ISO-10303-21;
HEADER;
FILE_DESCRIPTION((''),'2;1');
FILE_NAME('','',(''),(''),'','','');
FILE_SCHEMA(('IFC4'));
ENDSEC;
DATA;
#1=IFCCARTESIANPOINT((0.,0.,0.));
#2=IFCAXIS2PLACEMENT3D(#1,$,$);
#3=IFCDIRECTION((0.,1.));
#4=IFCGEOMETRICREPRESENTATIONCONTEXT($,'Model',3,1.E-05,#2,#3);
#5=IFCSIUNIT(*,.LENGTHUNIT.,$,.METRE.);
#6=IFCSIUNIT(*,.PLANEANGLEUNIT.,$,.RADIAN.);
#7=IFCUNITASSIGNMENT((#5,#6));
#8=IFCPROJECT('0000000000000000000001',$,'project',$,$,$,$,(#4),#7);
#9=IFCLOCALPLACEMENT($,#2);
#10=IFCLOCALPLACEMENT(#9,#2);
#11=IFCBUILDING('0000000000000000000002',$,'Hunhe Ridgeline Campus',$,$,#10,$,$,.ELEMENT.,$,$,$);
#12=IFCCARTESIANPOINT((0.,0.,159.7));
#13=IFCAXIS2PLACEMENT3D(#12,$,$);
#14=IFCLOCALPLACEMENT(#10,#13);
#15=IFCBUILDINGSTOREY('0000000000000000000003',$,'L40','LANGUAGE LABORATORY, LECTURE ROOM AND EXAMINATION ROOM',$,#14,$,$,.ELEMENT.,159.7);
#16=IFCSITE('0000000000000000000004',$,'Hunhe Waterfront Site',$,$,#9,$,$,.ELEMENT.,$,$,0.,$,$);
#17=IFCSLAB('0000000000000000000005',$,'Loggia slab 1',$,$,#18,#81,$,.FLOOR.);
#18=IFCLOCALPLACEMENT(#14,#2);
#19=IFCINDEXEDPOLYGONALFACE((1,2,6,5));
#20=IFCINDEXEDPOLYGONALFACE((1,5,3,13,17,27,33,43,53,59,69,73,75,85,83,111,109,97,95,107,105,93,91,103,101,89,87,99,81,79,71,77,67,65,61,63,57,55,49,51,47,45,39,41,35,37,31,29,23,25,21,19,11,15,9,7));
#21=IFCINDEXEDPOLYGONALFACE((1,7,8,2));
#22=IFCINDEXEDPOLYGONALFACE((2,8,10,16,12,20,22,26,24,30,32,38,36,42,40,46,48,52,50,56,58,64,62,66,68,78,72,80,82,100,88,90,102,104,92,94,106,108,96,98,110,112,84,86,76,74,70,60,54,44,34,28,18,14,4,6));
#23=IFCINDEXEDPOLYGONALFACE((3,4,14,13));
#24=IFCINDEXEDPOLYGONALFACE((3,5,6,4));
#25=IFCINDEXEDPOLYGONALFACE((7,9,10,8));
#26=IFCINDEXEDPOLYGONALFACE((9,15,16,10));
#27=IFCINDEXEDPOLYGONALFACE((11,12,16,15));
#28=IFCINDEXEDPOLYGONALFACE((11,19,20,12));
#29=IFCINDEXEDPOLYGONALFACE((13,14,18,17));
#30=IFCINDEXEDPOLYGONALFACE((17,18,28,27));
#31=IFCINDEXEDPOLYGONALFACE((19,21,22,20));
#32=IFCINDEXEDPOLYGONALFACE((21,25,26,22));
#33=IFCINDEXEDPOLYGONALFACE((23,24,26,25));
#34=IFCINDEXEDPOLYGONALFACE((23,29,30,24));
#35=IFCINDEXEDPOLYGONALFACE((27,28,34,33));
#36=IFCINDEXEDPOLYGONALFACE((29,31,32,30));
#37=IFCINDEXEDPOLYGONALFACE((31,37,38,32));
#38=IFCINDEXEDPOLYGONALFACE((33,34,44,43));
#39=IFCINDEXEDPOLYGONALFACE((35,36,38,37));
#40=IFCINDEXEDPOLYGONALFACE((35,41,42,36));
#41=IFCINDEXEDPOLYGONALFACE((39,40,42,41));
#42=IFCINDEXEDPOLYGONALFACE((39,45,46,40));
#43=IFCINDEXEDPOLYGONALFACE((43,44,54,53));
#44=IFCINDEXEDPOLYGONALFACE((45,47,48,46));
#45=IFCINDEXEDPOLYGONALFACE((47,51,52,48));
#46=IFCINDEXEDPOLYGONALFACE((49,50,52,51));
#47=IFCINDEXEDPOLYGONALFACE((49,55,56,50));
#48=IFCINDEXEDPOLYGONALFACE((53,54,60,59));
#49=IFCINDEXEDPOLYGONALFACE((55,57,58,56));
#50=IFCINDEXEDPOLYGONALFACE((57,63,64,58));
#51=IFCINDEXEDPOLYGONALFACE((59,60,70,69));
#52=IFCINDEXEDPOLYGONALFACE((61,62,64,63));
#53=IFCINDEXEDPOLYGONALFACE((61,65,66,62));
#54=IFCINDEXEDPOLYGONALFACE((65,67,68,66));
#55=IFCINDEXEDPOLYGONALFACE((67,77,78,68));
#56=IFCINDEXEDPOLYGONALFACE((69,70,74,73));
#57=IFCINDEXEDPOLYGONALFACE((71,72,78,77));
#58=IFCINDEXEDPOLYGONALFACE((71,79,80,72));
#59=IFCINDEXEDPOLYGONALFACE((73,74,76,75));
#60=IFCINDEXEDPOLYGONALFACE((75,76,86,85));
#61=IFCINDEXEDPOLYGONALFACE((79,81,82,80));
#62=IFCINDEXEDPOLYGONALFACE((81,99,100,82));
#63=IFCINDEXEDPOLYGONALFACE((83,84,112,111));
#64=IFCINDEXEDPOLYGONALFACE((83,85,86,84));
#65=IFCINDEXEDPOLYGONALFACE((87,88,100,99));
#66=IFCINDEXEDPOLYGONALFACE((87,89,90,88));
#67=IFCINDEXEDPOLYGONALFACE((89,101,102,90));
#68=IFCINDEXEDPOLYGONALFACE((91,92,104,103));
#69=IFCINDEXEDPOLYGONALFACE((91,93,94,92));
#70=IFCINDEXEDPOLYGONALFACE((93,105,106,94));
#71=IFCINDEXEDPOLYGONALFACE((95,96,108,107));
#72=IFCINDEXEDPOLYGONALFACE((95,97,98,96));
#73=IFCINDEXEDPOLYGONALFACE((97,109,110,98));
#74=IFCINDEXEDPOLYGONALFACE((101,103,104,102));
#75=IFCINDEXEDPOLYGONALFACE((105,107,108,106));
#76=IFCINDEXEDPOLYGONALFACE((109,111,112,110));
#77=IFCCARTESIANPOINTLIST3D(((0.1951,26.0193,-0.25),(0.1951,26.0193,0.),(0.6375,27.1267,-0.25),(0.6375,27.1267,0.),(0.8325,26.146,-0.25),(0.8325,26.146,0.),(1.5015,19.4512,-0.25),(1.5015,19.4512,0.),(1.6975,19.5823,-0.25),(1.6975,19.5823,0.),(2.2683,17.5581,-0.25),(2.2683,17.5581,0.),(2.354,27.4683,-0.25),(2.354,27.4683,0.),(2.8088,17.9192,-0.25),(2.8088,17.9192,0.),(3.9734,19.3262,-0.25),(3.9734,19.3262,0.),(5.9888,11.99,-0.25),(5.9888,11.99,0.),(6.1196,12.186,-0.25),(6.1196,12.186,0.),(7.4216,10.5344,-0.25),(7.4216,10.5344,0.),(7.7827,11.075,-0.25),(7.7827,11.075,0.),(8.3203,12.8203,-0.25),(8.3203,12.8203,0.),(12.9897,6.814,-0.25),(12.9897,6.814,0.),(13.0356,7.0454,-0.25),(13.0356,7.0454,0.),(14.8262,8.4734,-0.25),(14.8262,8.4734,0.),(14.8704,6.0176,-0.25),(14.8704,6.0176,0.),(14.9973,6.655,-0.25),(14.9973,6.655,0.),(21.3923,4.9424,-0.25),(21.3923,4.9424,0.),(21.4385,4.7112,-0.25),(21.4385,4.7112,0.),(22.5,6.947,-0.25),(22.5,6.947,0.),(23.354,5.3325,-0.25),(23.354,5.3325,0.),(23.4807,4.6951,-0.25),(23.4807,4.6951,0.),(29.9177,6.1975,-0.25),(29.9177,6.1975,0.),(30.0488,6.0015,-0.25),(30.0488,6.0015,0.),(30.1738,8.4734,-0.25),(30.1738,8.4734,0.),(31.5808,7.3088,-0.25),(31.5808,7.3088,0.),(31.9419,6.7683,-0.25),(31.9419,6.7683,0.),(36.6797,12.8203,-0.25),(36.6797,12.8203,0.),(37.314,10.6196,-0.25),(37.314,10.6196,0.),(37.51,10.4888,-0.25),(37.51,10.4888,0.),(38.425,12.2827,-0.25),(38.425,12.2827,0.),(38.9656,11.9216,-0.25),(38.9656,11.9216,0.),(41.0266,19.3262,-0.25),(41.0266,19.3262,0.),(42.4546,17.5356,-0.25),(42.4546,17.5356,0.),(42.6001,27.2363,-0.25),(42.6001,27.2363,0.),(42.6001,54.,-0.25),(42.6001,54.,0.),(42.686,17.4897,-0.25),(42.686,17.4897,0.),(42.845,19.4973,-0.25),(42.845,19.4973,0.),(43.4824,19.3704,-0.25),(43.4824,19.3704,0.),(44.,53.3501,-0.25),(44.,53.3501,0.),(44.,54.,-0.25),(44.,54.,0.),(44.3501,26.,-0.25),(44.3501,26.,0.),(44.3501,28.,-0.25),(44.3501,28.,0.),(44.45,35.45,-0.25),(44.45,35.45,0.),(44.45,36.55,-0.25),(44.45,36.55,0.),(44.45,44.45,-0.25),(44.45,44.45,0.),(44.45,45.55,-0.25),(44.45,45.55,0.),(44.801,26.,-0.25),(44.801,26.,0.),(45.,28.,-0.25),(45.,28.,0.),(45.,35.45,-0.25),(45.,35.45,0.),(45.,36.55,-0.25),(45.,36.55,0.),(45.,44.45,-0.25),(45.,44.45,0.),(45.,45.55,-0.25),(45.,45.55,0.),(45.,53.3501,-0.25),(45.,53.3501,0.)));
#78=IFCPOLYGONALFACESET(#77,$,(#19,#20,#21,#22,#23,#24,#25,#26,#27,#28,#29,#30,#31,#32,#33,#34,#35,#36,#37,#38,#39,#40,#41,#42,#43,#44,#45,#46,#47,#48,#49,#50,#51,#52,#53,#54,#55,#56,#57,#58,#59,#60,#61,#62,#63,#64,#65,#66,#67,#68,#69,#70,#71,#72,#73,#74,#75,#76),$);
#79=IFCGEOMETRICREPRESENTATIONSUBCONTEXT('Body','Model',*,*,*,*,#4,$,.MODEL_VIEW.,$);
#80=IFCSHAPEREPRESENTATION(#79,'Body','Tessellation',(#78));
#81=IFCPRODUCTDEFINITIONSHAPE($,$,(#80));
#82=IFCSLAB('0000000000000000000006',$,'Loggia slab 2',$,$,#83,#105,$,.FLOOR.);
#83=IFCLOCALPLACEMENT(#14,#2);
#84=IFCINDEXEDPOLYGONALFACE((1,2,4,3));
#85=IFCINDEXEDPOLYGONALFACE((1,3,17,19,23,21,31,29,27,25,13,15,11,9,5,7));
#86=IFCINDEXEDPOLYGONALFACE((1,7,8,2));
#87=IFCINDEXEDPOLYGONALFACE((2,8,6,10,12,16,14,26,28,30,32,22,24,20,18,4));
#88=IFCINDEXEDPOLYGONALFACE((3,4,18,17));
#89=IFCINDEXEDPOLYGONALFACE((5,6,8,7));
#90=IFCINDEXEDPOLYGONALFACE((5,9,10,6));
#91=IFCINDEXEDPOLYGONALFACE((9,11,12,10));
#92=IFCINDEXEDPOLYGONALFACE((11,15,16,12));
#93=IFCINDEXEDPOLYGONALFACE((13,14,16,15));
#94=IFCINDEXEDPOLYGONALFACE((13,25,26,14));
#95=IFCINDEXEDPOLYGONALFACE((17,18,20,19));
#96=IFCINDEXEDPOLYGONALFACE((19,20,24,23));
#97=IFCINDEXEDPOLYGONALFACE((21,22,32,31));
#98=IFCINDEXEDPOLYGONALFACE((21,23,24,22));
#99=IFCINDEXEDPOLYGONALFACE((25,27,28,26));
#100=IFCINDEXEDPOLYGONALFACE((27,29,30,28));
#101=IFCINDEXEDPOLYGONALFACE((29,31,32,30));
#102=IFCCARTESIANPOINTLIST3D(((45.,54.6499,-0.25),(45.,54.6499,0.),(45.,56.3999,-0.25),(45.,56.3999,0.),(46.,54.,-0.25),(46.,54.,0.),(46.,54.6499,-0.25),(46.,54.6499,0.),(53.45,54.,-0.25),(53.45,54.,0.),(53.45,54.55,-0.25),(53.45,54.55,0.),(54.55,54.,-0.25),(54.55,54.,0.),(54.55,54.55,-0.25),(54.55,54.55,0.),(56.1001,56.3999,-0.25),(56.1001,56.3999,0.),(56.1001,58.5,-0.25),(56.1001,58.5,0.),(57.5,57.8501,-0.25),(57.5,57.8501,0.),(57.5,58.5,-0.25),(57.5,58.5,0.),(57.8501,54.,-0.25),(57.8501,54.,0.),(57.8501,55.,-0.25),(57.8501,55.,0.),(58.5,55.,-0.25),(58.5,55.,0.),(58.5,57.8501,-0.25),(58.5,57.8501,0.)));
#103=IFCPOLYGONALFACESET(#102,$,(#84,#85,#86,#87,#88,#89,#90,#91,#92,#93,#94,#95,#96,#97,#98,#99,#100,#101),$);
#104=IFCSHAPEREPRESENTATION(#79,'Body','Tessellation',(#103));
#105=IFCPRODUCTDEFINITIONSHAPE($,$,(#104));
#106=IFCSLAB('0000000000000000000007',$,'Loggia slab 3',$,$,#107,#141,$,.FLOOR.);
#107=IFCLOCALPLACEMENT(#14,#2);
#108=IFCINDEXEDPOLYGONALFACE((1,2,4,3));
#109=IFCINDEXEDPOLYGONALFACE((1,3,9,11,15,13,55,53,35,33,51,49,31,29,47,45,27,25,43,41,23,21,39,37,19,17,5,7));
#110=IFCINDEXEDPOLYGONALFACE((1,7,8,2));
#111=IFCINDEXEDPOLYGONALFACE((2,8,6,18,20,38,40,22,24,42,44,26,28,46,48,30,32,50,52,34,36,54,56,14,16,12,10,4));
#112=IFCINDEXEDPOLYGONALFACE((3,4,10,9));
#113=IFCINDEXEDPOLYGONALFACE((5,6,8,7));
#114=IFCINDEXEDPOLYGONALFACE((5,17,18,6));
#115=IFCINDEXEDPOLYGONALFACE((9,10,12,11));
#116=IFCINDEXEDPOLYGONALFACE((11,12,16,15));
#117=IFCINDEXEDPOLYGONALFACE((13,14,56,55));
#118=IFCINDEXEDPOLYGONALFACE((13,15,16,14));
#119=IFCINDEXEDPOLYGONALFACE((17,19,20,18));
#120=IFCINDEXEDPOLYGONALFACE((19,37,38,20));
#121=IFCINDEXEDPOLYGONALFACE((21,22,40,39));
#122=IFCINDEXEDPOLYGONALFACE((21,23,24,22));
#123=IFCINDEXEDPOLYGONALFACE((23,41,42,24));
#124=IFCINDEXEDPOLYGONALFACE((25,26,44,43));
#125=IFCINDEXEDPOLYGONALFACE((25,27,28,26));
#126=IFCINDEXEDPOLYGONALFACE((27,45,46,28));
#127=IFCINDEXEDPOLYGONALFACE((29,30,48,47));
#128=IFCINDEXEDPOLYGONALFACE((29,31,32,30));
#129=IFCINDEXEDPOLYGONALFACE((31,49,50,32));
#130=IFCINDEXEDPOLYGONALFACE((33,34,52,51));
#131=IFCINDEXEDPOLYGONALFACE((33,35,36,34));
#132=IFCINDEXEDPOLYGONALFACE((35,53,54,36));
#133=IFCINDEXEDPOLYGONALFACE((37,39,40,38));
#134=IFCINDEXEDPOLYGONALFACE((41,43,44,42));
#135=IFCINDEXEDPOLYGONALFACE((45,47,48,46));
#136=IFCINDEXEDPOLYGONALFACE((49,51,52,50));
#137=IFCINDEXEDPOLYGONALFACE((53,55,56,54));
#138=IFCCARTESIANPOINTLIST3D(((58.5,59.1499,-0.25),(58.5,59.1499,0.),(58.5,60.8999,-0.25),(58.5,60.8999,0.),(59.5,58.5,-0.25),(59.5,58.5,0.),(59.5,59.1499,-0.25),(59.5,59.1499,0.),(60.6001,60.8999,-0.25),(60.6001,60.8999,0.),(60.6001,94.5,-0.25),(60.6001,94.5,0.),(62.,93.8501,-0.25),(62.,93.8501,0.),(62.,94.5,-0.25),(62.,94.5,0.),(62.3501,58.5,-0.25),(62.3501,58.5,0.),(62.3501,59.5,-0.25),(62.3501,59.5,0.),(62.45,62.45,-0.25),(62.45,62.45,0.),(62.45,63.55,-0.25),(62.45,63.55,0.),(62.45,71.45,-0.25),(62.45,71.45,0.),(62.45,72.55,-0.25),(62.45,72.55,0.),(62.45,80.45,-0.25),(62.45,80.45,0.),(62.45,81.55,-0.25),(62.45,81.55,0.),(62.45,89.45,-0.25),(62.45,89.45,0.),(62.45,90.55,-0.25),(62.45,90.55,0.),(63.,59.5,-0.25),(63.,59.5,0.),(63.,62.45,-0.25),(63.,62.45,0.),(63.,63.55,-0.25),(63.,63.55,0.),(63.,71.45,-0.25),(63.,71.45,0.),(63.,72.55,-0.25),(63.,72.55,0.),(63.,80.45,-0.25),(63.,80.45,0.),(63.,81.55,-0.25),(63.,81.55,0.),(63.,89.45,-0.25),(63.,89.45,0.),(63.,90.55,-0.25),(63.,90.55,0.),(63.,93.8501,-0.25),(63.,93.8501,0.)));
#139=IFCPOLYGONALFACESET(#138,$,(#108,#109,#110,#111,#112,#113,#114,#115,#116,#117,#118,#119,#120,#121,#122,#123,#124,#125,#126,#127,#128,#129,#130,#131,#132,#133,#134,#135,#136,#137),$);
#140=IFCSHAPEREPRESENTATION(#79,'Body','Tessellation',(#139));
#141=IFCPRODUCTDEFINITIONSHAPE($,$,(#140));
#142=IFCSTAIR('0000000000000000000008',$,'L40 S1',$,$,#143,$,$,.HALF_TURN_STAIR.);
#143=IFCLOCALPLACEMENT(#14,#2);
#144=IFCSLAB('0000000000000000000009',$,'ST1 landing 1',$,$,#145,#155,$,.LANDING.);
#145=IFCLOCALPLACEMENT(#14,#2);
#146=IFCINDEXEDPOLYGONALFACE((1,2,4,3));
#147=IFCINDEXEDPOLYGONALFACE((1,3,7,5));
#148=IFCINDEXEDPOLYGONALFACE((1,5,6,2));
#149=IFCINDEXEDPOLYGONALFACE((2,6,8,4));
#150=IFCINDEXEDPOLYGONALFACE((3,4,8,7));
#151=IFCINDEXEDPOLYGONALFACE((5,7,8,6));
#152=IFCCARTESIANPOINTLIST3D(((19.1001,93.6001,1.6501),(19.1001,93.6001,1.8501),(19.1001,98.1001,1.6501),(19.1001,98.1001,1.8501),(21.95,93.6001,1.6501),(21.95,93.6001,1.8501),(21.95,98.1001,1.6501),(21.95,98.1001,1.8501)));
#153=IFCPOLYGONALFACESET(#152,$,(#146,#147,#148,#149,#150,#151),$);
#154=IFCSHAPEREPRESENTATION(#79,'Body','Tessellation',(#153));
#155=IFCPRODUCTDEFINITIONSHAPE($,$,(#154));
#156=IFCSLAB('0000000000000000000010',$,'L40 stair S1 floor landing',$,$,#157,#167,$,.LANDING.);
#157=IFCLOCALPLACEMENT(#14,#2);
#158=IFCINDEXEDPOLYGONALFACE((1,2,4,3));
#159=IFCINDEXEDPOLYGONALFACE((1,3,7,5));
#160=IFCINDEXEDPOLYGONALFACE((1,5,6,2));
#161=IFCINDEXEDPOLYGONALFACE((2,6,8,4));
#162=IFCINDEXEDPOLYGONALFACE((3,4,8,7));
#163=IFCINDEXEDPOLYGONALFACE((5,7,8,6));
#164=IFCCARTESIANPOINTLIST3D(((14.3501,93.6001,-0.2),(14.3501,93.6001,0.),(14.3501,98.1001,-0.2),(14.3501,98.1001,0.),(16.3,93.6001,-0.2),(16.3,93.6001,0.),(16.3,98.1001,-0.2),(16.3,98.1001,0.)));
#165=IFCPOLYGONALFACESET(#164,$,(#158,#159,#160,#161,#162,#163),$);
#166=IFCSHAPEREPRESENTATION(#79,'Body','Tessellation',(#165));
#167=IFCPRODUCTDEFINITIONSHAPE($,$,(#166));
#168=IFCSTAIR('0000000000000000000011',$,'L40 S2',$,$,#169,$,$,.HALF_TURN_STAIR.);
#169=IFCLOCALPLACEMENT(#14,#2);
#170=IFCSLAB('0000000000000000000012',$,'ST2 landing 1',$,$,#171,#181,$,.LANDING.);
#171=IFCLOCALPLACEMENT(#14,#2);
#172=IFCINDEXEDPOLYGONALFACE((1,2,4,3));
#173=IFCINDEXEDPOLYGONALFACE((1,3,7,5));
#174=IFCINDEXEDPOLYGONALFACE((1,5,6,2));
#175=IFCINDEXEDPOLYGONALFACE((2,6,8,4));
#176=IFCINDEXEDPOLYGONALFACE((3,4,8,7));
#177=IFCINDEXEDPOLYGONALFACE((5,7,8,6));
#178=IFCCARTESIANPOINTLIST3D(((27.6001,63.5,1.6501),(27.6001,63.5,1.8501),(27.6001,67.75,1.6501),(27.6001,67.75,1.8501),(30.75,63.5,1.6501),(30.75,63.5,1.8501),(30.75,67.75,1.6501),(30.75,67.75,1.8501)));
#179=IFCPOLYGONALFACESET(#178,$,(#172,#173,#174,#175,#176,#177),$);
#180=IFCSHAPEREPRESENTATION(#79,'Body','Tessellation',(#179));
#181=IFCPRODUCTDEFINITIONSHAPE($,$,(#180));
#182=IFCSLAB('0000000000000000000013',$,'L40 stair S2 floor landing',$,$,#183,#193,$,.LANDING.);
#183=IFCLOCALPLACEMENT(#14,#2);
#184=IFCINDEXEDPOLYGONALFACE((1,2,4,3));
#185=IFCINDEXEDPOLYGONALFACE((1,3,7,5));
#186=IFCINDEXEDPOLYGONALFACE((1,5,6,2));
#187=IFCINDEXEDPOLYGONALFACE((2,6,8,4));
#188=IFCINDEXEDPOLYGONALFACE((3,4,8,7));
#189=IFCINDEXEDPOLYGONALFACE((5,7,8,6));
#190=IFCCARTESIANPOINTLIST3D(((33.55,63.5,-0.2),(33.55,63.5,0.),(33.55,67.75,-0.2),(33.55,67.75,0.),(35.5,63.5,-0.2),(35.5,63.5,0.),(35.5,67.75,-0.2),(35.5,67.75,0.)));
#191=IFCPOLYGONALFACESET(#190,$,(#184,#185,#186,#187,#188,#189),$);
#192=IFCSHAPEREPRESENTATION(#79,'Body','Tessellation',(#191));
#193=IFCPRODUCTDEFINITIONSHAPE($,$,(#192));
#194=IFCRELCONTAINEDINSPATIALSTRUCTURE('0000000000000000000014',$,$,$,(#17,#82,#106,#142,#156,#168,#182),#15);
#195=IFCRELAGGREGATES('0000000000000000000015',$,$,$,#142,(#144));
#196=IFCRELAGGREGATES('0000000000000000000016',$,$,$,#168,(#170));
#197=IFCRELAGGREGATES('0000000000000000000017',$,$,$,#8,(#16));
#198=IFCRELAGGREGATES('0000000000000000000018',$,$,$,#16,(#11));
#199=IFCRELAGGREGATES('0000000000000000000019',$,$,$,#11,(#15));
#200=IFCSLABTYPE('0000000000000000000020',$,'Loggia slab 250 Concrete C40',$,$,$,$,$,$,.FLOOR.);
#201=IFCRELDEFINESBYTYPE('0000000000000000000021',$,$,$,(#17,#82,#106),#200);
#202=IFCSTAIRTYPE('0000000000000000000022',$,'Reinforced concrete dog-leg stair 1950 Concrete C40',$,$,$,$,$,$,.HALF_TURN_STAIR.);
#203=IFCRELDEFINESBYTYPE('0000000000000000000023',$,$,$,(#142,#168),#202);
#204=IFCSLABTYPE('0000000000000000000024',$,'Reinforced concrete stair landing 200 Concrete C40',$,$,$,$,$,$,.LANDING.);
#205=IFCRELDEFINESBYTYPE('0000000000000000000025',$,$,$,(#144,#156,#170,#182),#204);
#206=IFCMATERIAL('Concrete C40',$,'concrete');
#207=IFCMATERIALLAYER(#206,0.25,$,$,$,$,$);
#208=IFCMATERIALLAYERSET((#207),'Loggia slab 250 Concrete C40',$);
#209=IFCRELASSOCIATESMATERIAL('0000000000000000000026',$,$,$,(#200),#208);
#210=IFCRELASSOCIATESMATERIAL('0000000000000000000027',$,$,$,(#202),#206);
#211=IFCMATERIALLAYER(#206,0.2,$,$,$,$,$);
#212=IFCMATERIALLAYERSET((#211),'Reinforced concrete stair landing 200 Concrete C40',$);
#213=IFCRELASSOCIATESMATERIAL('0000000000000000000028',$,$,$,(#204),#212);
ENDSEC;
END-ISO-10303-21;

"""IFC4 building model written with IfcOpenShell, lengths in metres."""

from ifc_helpers import new_model, si_unit, direction, frame, origin, place, context, subcontext, project, spatial, polyline, outline, extrude, material, layer, layer_set, type_object, element, aggregate, save


model = new_model("IFC4")

# Units and contexts
model_context = context("Model", 3, precision=1e-05, world=origin(), true_north=direction((0.0, 1.0)))
body_context = subcontext(model_context, "Body", "Model", "MODEL_VIEW")
ifc_project = project(units=[si_unit("LENGTHUNIT", "METRE"), si_unit("PLANEANGLEUNIT", "RADIAN")], contexts=[model_context])

# Site, building, storey
site_placement = place(None, origin())
site = spatial("IfcSite", under=ifc_project, at=site_placement, Name="Hunhe Waterfront Site", CompositionType="ELEMENT", RefElevation=0.0)
building_placement = place(site_placement, origin())
building = spatial("IfcBuilding", under=site, at=building_placement, Name="Hunhe Ridgeline Campus", CompositionType="ELEMENT")
storey_placement = place(building_placement, frame((0.0, 0.0, 159.7)))
storey = spatial("IfcBuildingStorey", under=building, at=storey_placement, Name="L40", Description="LANGUAGE LABORATORY, LECTURE ROOM AND EXAMINATION ROOM", CompositionType="ELEMENT", Elevation=159.7)

# Slabs
ifc_material_1 = material(Name="Concrete C40", Category="concrete")
ifc_layer_1 = layer(ifc_material_1, 0.25)
ifc_layer_set_1 = layer_set([ifc_layer_1], Name="Loggia slab 250 Concrete C40")
slab_type_1 = type_object("IfcSlabType", Name="Loggia slab 250 Concrete C40", PredefinedType="FLOOR", material=ifc_layer_set_1)
slab_1_placement = place(storey_placement, frame((0.0, 0.0, -0.25)))
element("IfcSlab", 1, at=slab_1_placement, inside=storey, type_object=slab_type_1, Name="Loggia slab 1", PredefinedType="FLOOR", context=body_context, shape_type="SweptSolid", body=[
    extrude(outline(polyline([(30.1738, 8.4734), (22.5, 6.947), (14.8262, 8.4734), (8.3203, 12.8203), (3.9734, 19.3262), (2.354, 27.4683), (0.6375, 27.1267), (0.8325, 26.146), (0.1951, 26.0193), (1.5015, 19.4512), (1.6975, 19.5823), (2.8088, 17.9192), (2.2683, 17.5581), (5.9888, 11.99), (6.1196, 12.186), (7.7827, 11.075), (7.4216, 10.5344), (12.9897, 6.814), (13.0356, 7.0454), (14.9973, 6.655), (14.8704, 6.0176), (21.4385, 4.7112), (21.3923, 4.9424), (23.354, 5.3325), (23.4807, 4.6951), (30.0488, 6.0015), (29.9177, 6.1975), (31.5808, 7.3088), (31.9419, 6.7683), (37.51, 10.4888), (37.314, 10.6196), (38.425, 12.2827), (38.9656, 11.9216), (42.686, 17.4897), (42.4546, 17.5356), (42.845, 19.4973), (43.4824, 19.3704), (44.801, 26.0), (44.3501, 26.0), (44.3501, 28.0), (45.0, 28.0), (45.0, 35.45), (44.45, 35.45), (44.45, 36.55), (45.0, 36.55), (45.0, 44.45), (44.45, 44.45), (44.45, 45.55), (45.0, 45.55), (45.0, 53.3501), (44.0, 53.3501), (44.0, 54.0), (42.6001, 54.0), (42.6001, 27.2363), (41.0266, 19.3262), (36.6797, 12.8203), (30.1738, 8.4734)])), origin(), (0.0, 0.0, 1.0), 0.25),
])
slab_2_placement = place(storey_placement, frame((0.0, 0.0, -0.25)))
element("IfcSlab", 2, at=slab_2_placement, inside=storey, type_object=slab_type_1, Name="Loggia slab 2", PredefinedType="FLOOR", context=body_context, shape_type="SweptSolid", body=[
    extrude(outline(polyline([(45.0, 54.6499), (46.0, 54.6499), (46.0, 54.0), (53.45, 54.0), (53.45, 54.55), (54.55, 54.55), (54.55, 54.0), (57.8501, 54.0), (57.8501, 55.0), (58.5, 55.0), (58.5, 57.8501), (57.5, 57.8501), (57.5, 58.5), (56.1001, 58.5), (56.1001, 56.3999), (45.0, 56.3999), (45.0, 54.6499)])), origin(), (0.0, 0.0, 1.0), 0.25),
])
slab_3_placement = place(storey_placement, frame((0.0, 0.0, -0.25)))
element("IfcSlab", 3, at=slab_3_placement, inside=storey, type_object=slab_type_1, Name="Loggia slab 3", PredefinedType="FLOOR", context=body_context, shape_type="SweptSolid", body=[
    extrude(outline(polyline([(58.5, 59.1499), (59.5, 59.1499), (59.5, 58.5), (62.3501, 58.5), (62.3501, 59.5), (63.0, 59.5), (63.0, 62.45), (62.45, 62.45), (62.45, 63.55), (63.0, 63.55), (63.0, 71.45), (62.45, 71.45), (62.45, 72.55), (63.0, 72.55), (63.0, 80.45), (62.45, 80.45), (62.45, 81.55), (63.0, 81.55), (63.0, 89.45), (62.45, 89.45), (62.45, 90.55), (63.0, 90.55), (63.0, 93.8501), (62.0, 93.8501), (62.0, 94.5), (60.6001, 94.5), (60.6001, 60.8999), (58.5, 60.8999), (58.5, 59.1499)])), origin(), (0.0, 0.0, 1.0), 0.25),
])

# Stair, slab
stair_type = type_object("IfcStairType", Name="Reinforced concrete dog-leg stair 1950 Concrete C40", PredefinedType="HALF_TURN_STAIR", material=ifc_material_1)
stair_1_placement = place(storey_placement, origin())
stair_1 = element("IfcStair", 4, at=stair_1_placement, inside=storey, type_object=stair_type, Name="L40 S1", PredefinedType="HALF_TURN_STAIR")
ifc_layer_2 = layer(ifc_material_1, 0.2)
ifc_layer_set_2 = layer_set([ifc_layer_2], Name="Reinforced concrete stair landing 200 Concrete C40")
slab_type_2 = type_object("IfcSlabType", Name="Reinforced concrete stair landing 200 Concrete C40", PredefinedType="LANDING", material=ifc_layer_set_2)
slab_4_placement = place(storey_placement, frame((0.0, 0.0, 1.6501)))
slab_4 = element("IfcSlab", 5, at=slab_4_placement, type_object=slab_type_2, Name="ST1 landing 1", PredefinedType="LANDING", context=body_context, shape_type="SweptSolid", body=[
    extrude(outline(polyline([(19.1001, 93.6001), (21.95, 93.6001), (21.95, 98.1001), (19.1001, 98.1001), (19.1001, 93.6001)])), origin(), (0.0, 0.0, 1.0), 0.2),
])
aggregate(stair_1, [slab_4])

# Slab
slab_5_placement = place(storey_placement, frame((0.0, 0.0, -0.2)))
element("IfcSlab", 6, at=slab_5_placement, inside=storey, type_object=slab_type_2, Name="L40 stair S1 floor landing", PredefinedType="LANDING", context=body_context, shape_type="SweptSolid", body=[
    extrude(outline(polyline([(14.3501, 93.6001), (16.3, 93.6001), (16.3, 98.1001), (14.3501, 98.1001), (14.3501, 93.6001)])), origin(), (0.0, 0.0, 1.0), 0.2),
])

# Stair, slab
stair_2_placement = place(storey_placement, origin())
stair_2 = element("IfcStair", 7, at=stair_2_placement, inside=storey, type_object=stair_type, Name="L40 S2", PredefinedType="HALF_TURN_STAIR")
slab_6_placement = place(storey_placement, frame((0.0, 0.0, 1.6501)))
slab_6 = element("IfcSlab", 8, at=slab_6_placement, type_object=slab_type_2, Name="ST2 landing 1", PredefinedType="LANDING", context=body_context, shape_type="SweptSolid", body=[
    extrude(outline(polyline([(30.75, 67.75), (27.6001, 67.75), (27.6001, 63.5), (30.75, 63.5), (30.75, 67.75)])), origin(), (0.0, 0.0, 1.0), 0.2),
])
aggregate(stair_2, [slab_6])

# Slab
slab_7_placement = place(storey_placement, frame((0.0, 0.0, -0.2)))
element("IfcSlab", 9, at=slab_7_placement, inside=storey, type_object=slab_type_2, Name="L40 stair S2 floor landing", PredefinedType="LANDING", context=body_context, shape_type="SweptSolid", body=[
    extrude(outline(polyline([(35.5, 67.75), (33.55, 67.75), (33.55, 63.5), (35.5, 63.5), (35.5, 67.75)])), origin(), (0.0, 0.0, 1.0), 0.2),
])

save(model, "model.ifc")
